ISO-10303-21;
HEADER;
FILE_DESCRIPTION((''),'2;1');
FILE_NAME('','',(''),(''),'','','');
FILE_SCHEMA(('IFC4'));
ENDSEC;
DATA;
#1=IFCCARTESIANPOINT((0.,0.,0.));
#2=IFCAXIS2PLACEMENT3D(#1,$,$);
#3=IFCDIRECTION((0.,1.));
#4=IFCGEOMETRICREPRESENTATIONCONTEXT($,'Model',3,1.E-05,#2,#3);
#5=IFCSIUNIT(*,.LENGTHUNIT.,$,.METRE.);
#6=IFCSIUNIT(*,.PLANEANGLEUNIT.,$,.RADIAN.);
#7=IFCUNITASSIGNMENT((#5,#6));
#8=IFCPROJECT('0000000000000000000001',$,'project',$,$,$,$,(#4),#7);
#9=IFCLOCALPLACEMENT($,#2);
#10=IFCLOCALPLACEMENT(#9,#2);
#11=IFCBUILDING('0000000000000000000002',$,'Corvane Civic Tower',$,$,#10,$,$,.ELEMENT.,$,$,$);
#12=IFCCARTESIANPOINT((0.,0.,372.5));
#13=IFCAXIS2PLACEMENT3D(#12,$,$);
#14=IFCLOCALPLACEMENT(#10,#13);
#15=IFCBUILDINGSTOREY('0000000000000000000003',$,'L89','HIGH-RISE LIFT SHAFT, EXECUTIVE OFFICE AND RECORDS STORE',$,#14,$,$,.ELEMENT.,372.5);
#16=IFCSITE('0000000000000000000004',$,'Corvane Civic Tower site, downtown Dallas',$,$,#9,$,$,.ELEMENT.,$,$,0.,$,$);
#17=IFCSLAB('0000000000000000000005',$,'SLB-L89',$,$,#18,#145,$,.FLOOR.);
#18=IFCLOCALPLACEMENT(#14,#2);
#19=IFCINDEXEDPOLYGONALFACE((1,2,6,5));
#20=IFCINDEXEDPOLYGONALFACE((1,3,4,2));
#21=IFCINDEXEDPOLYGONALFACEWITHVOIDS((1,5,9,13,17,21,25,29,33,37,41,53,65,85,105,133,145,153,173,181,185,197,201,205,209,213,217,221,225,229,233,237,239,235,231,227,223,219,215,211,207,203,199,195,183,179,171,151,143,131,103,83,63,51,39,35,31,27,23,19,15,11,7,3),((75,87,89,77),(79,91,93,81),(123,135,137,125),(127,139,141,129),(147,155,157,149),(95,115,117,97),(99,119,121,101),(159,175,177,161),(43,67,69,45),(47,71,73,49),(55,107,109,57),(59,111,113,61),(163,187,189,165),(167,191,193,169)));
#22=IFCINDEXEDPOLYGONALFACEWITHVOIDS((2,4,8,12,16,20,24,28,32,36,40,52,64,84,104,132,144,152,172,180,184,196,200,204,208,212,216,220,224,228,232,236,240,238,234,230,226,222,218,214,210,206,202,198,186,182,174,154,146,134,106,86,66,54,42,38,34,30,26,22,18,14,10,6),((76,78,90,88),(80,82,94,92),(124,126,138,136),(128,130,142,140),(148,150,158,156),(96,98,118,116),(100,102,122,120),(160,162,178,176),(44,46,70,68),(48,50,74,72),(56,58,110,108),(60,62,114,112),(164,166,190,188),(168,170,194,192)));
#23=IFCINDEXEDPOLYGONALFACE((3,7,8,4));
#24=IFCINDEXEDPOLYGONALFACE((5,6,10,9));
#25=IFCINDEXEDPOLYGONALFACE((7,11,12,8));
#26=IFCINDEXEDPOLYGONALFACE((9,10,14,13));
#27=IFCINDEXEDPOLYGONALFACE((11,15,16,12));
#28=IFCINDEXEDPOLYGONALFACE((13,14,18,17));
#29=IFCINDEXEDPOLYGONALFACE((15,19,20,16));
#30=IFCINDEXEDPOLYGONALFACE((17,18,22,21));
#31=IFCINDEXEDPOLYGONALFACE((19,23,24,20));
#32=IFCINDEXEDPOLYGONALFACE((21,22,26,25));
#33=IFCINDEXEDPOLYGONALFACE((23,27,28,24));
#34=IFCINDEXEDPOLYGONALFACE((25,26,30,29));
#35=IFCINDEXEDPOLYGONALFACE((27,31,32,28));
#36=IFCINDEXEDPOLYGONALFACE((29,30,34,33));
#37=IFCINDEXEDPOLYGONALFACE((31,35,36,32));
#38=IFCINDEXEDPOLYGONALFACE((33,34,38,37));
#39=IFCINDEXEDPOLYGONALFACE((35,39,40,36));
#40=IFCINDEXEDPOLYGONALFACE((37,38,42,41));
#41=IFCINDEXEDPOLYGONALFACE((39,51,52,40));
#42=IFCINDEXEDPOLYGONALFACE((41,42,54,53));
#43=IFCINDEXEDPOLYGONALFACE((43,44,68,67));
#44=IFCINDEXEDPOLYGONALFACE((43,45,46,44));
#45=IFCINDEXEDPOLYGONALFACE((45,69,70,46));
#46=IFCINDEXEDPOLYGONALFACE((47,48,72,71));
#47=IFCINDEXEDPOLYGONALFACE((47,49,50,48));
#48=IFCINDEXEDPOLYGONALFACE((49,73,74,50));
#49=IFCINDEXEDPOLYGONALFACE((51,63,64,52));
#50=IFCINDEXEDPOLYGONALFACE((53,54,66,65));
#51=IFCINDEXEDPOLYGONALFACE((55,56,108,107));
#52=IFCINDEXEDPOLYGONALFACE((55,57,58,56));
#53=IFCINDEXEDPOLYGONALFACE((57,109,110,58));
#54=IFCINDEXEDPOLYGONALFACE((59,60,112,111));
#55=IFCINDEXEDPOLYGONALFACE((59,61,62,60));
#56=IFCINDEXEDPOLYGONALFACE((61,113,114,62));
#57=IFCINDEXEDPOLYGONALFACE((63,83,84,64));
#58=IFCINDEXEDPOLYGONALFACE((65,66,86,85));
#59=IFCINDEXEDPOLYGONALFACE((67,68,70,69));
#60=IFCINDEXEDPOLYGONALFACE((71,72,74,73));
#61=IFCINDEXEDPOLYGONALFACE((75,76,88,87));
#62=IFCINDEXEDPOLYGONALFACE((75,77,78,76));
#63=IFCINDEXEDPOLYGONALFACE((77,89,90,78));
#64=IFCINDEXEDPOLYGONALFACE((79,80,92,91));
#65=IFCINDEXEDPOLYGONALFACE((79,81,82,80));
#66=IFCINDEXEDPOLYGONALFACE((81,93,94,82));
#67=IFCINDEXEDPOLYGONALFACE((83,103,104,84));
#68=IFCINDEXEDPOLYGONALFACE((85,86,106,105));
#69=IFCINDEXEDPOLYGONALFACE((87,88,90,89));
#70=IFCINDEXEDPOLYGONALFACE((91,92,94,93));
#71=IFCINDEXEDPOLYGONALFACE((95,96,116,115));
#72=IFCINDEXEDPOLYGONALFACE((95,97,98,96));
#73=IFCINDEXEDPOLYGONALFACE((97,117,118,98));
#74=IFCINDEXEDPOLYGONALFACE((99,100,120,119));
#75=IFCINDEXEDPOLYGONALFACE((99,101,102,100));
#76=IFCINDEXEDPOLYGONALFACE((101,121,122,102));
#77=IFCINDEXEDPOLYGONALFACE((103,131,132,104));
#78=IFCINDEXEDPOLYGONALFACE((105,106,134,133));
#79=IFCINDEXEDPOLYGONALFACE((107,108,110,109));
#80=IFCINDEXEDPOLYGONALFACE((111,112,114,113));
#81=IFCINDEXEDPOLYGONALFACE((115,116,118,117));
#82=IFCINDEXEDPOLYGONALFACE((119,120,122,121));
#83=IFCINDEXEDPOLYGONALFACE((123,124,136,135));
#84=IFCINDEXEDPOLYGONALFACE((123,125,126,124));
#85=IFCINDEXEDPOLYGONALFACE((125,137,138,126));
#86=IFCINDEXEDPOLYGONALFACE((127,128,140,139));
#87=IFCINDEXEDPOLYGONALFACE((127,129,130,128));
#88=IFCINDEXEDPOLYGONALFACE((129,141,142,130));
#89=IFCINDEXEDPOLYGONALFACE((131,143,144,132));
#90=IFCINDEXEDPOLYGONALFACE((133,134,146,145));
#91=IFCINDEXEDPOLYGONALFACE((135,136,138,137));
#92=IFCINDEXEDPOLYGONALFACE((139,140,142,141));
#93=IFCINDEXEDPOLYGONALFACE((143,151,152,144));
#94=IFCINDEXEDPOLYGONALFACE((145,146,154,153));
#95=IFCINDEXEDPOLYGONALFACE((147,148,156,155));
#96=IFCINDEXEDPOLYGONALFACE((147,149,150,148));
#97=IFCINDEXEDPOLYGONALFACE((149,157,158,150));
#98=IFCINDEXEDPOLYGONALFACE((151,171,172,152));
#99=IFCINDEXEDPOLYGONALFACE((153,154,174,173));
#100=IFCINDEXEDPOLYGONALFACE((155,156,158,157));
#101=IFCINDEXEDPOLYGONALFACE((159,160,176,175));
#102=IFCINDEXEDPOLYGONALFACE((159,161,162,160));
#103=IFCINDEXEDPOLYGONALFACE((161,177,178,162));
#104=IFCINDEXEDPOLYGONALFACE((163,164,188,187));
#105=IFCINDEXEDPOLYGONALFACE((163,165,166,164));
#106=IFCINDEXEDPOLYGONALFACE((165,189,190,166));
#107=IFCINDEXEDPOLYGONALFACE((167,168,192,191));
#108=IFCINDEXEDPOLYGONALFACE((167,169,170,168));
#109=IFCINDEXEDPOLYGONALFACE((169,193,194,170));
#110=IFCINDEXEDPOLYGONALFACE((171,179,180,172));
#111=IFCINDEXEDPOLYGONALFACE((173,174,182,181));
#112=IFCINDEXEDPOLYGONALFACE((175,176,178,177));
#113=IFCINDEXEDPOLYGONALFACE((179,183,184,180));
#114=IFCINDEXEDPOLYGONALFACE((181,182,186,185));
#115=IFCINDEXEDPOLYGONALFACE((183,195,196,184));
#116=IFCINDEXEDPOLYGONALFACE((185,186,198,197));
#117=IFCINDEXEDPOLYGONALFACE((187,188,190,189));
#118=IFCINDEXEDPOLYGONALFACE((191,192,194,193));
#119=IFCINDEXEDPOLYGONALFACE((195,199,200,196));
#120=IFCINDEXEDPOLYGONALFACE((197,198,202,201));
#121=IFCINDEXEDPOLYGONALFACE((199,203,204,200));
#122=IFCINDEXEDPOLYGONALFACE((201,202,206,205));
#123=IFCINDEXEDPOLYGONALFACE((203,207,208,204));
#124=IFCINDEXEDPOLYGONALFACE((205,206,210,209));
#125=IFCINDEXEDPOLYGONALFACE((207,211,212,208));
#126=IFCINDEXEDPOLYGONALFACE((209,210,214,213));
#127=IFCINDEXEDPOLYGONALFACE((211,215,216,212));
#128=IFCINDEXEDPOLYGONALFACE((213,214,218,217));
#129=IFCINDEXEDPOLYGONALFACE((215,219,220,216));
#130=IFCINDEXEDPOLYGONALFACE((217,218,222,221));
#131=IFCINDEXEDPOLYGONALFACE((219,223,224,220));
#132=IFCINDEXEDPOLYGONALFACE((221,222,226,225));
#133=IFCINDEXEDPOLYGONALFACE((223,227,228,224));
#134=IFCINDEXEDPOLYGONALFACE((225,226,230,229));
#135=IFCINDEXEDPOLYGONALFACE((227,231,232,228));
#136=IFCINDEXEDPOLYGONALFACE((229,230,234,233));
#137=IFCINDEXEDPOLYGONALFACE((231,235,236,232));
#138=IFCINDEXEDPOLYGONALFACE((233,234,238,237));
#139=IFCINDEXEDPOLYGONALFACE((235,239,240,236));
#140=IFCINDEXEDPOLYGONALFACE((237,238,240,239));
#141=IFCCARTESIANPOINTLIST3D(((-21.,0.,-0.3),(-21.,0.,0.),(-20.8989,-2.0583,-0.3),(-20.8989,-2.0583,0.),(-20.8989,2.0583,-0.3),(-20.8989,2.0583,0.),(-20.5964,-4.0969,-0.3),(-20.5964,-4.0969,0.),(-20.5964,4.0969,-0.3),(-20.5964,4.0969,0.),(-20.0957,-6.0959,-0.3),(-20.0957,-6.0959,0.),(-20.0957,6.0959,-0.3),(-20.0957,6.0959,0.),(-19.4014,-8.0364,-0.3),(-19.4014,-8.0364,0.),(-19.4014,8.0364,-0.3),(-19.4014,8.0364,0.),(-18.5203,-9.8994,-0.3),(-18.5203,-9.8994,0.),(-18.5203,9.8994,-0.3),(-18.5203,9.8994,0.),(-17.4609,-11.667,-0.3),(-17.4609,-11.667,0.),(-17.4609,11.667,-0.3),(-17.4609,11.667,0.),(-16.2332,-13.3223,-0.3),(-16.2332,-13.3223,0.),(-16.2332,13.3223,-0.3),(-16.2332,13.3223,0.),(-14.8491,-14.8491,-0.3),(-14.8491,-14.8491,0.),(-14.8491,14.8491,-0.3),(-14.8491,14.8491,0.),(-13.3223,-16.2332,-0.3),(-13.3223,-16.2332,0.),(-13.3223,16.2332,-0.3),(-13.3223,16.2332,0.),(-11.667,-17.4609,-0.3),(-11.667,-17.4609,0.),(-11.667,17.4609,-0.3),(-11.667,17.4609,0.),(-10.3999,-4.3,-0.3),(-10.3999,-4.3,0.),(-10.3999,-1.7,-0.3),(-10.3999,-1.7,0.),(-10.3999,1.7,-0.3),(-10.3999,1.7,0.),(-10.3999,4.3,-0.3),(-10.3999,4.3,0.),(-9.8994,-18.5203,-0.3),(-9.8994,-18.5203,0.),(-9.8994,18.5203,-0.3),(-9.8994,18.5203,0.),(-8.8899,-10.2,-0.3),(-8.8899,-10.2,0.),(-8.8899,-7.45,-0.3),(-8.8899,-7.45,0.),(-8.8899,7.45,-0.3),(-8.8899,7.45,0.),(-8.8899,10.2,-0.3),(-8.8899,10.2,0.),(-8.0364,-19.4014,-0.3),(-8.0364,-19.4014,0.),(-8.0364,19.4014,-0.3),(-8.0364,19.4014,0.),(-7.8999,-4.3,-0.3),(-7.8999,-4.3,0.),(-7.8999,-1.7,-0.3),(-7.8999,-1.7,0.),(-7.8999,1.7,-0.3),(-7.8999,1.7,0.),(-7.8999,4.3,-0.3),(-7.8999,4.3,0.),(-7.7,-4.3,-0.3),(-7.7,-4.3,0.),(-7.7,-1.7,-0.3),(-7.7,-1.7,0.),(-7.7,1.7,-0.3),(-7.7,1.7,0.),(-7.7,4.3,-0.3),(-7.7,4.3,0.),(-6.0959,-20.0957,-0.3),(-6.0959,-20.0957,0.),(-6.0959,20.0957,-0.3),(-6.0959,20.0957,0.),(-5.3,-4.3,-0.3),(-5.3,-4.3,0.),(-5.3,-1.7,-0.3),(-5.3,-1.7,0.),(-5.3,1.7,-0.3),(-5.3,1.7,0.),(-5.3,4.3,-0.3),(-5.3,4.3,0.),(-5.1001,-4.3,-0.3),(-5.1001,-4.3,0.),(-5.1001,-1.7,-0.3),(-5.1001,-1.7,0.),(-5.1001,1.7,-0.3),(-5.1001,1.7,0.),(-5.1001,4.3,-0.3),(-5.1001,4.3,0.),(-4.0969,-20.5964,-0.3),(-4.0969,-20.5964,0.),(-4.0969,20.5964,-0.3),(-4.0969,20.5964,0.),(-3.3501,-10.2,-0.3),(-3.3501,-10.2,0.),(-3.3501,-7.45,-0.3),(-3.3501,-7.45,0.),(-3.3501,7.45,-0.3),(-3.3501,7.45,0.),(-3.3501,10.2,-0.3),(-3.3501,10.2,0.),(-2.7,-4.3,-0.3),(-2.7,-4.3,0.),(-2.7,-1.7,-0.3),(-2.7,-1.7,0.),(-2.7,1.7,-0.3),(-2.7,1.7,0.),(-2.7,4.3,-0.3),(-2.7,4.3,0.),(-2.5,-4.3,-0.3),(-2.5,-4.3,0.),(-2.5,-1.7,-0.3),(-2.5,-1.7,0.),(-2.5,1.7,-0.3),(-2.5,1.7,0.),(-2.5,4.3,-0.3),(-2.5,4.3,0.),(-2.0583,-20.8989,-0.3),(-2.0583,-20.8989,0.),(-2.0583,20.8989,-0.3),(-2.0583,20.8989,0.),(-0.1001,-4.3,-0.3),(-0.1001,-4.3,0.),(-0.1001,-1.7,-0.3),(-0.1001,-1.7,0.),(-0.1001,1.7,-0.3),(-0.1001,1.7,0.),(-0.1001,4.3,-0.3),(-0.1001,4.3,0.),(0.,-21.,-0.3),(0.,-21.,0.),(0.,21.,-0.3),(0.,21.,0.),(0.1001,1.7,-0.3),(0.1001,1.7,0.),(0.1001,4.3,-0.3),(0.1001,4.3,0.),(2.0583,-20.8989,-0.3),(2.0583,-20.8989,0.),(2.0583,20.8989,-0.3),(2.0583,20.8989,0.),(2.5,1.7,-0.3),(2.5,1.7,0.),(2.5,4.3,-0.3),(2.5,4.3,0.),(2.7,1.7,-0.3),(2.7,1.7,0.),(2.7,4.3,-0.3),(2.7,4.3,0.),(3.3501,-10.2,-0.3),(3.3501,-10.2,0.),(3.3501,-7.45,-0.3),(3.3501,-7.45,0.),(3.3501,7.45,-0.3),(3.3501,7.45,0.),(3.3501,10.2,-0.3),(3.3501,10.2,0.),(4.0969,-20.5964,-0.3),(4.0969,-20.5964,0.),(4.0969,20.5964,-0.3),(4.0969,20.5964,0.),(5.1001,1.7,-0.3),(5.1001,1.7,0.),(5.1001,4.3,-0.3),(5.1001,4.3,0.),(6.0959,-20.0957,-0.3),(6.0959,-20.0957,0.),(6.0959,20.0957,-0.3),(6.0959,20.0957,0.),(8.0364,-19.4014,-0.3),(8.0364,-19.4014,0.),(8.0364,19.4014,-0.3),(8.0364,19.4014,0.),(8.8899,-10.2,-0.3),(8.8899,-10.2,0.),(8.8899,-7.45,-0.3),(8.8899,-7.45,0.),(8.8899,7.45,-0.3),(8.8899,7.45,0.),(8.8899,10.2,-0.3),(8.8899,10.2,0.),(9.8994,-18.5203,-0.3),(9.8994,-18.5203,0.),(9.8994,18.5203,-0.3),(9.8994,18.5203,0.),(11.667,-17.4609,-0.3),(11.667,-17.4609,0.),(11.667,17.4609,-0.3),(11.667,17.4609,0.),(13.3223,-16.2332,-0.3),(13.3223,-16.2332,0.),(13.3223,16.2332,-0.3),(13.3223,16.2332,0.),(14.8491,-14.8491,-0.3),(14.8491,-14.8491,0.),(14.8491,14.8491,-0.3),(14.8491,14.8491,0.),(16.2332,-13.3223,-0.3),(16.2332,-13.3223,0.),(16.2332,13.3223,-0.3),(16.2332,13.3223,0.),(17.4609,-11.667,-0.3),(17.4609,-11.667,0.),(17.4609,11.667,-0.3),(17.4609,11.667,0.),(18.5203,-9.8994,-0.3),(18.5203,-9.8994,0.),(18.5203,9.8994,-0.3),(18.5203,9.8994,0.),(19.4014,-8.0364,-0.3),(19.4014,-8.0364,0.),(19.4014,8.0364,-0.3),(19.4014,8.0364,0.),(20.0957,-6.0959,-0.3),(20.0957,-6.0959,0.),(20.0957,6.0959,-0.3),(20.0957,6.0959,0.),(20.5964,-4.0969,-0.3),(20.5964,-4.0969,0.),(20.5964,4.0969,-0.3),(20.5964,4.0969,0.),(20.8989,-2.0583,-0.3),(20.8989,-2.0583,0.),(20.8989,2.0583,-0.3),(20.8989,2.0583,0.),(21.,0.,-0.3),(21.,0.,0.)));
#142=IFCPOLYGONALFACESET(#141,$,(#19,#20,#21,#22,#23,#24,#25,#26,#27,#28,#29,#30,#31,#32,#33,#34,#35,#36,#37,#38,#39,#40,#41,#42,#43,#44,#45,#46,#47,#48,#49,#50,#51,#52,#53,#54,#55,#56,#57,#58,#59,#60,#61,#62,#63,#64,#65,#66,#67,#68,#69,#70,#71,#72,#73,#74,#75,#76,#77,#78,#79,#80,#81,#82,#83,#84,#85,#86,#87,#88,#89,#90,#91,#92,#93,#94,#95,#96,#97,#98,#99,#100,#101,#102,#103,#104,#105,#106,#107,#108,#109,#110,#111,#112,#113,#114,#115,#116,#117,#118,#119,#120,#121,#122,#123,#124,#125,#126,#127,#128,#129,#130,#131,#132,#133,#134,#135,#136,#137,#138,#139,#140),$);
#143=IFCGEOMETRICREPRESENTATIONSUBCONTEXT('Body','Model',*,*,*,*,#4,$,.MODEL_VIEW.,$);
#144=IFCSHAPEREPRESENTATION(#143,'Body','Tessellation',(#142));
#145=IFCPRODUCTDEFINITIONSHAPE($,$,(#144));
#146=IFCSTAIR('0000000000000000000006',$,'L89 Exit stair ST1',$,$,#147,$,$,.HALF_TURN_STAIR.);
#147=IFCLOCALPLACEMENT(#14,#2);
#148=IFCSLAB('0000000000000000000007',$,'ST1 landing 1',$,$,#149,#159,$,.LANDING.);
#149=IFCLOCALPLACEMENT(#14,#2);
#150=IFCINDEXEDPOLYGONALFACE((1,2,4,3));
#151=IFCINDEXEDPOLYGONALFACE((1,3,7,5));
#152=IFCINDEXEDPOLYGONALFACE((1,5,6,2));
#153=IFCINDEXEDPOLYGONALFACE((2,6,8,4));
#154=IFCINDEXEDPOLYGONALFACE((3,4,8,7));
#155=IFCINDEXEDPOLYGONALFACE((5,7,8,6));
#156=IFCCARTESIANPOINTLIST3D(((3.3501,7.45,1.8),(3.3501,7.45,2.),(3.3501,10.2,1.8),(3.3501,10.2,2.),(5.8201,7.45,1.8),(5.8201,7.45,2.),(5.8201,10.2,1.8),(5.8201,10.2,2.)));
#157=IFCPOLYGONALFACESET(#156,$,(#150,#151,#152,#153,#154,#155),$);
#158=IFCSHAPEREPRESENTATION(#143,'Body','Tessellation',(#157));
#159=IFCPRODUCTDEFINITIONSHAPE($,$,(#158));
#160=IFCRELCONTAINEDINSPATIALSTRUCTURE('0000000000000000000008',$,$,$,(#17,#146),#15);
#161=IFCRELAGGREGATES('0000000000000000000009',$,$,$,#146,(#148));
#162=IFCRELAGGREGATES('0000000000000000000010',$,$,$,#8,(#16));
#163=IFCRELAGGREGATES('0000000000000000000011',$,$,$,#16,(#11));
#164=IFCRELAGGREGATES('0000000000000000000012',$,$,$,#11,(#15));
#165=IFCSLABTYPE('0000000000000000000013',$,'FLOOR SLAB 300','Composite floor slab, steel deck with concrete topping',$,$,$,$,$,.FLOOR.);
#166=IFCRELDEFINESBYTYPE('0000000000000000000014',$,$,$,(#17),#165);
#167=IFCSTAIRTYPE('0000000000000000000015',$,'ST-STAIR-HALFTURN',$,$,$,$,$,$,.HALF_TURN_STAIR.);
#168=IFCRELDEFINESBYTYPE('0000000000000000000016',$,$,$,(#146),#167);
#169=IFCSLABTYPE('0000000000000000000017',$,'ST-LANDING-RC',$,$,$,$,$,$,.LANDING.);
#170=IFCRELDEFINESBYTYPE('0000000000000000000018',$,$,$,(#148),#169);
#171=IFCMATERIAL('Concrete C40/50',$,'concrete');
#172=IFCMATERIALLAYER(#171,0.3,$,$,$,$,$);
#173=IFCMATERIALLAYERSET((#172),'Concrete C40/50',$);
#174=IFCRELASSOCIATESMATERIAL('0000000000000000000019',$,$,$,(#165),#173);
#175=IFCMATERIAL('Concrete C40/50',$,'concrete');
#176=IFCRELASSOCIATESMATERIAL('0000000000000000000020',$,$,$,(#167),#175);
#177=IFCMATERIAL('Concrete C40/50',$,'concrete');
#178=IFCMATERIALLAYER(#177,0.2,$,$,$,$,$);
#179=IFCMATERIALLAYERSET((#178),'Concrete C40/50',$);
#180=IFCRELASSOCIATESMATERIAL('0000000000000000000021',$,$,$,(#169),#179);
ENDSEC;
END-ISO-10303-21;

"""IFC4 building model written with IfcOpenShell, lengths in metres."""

from ifc_helpers import new_model, si_unit, direction, frame, origin, place, context, subcontext, project, spatial, polyline, outline, extrude, material, layer, layer_set, type_object, element, aggregate, save


model = new_model("IFC4")

# Units and contexts
model_context = context("Model", 3, precision=1e-05, world=origin(), true_north=direction((0.0, 1.0)))
body_context = subcontext(model_context, "Body", "Model", "MODEL_VIEW")
ifc_project = project(units=[si_unit("LENGTHUNIT", "METRE"), si_unit("PLANEANGLEUNIT", "RADIAN")], contexts=[model_context])

# Site, building, storey
site_placement = place(None, origin())
site = spatial("IfcSite", under=ifc_project, at=site_placement, Name="Corvane Civic Tower site, downtown Dallas", CompositionType="ELEMENT", RefElevation=0.0)
building_placement = place(site_placement, origin())
building = spatial("IfcBuilding", under=site, at=building_placement, Name="Corvane Civic Tower", CompositionType="ELEMENT")
storey_placement = place(building_placement, frame((0.0, 0.0, 372.5)))
storey = spatial("IfcBuildingStorey", under=building, at=storey_placement, Name="L89", Description="HIGH-RISE LIFT SHAFT, EXECUTIVE OFFICE AND RECORDS STORE", CompositionType="ELEMENT", Elevation=372.5)

# Slab
ifc_material_1 = material(Name="Concrete C40/50", Category="concrete")
ifc_layer_1 = layer(ifc_material_1, 0.3)
ifc_layer_set_1 = layer_set([ifc_layer_1], Name="Concrete C40/50")
slab_type_1 = type_object("IfcSlabType", Name="FLOOR SLAB 300", Description="Composite floor slab, steel deck with concrete topping", PredefinedType="FLOOR", material=ifc_layer_set_1)
slab_1_placement = place(storey_placement, frame((0.0, 0.0, -0.3)))
element("IfcSlab", 1, at=slab_1_placement, inside=storey, type_object=slab_type_1, Name="SLB-L89", PredefinedType="FLOOR", context=body_context, shape_type="SweptSolid", body=[
    extrude(outline(polyline([(0.0, 21.0), (-2.0583, 20.8989), (-4.0969, 20.5964), (-6.0959, 20.0957), (-8.0364, 19.4014), (-9.8994, 18.5203), (-11.667, 17.4609), (-13.3223, 16.2332), (-14.8491, 14.8491), (-16.2332, 13.3223), (-17.4609, 11.667), (-18.5203, 9.8994), (-19.4014, 8.0364), (-20.0957, 6.0959), (-20.5964, 4.0969), (-20.8989, 2.0583), (-21.0, 0.0), (-20.8989, -2.0583), (-20.5964, -4.0969), (-20.0957, -6.0959), (-19.4014, -8.0364), (-18.5203, -9.8994), (-17.4609, -11.667), (-16.2332, -13.3223), (-14.8491, -14.8491), (-13.3223, -16.2332), (-11.667, -17.4609), (-9.8994, -18.5203), (-8.0364, -19.4014), (-6.0959, -20.0957), (-4.0969, -20.5964), (-2.0583, -20.8989), (0.0, -21.0), (2.0583, -20.8989), (4.0969, -20.5964), (6.0959, -20.0957), (8.0364, -19.4014), (9.8994, -18.5203), (11.667, -17.4609), (13.3223, -16.2332), (14.8491, -14.8491), (16.2332, -13.3223), (17.4609, -11.667), (18.5203, -9.8994), (19.4014, -8.0364), (20.0957, -6.0959), (20.5964, -4.0969), (20.8989, -2.0583), (21.0, 0.0), (20.8989, 2.0583), (20.5964, 4.0969), (20.0957, 6.0959), (19.4014, 8.0364), (18.5203, 9.8994), (17.4609, 11.667), (16.2332, 13.3223), (14.8491, 14.8491), (13.3223, 16.2332), (11.667, 17.4609), (9.8994, 18.5203), (8.0364, 19.4014), (6.0959, 20.0957), (4.0969, 20.5964), (2.0583, 20.8989), (0.0, 21.0)]), holes=[polyline([(-10.3999, 4.3), (-7.8999, 4.3), (-7.8999, 1.7), (-10.3999, 1.7), (-10.3999, 4.3)]), polyline([(-5.3, 1.7), (-7.7, 1.7), (-7.7, 4.3), (-5.3, 4.3), (-5.3, 1.7)]), polyline([(-2.7, 1.7), (-5.1001, 1.7), (-5.1001, 4.3), (-2.7, 4.3), (-2.7, 1.7)]), polyline([(-0.1001, 4.3), (-0.1001, 1.7), (-2.5, 1.7), (-2.5, 4.3), (-0.1001, 4.3)]), polyline([(2.5, 4.3), (2.5, 1.7), (0.1001, 1.7), (0.1001, 4.3), (2.5, 4.3)]), polyline([(5.1001, 4.3), (5.1001, 1.7), (2.7, 1.7), (2.7, 4.3), (5.1001, 4.3)]), polyline([(-10.3999, -1.7), (-7.8999, -1.7), (-7.8999, -4.3), (-10.3999, -4.3), (-10.3999, -1.7)]), polyline([(-5.3, -1.7), (-5.3, -4.3), (-7.7, -4.3), (-7.7, -1.7), (-5.3, -1.7)]), polyline([(-5.1001, -4.3), (-5.1001, -1.7), (-2.7, -1.7), (-2.7, -4.3), (-5.1001, -4.3)]), polyline([(-2.5, -4.3), (-2.5, -1.7), (-0.1001, -1.7), (-0.1001, -4.3), (-2.5, -4.3)]), polyline([(8.8899, 10.2), (8.8899, 7.45), (3.3501, 7.45), (3.3501, 10.2), (8.8899, 10.2)]), polyline([(-8.8899, 7.45), (-8.8899, 10.2), (-3.3501, 10.2), (-3.3501, 7.45), (-8.8899, 7.45)]), polyline([(8.8899, -7.45), (8.8899, -10.2), (3.3501, -10.2), (3.3501, -7.45), (8.8899, -7.45)]), polyline([(-8.8899, -10.2), (-8.8899, -7.45), (-3.3501, -7.45), (-3.3501, -10.2), (-8.8899, -10.2)])]), origin(), (0.0, 0.0, 1.0), 0.3),
])

# Stair, slab
ifc_material_2 = material(Name="Concrete C40/50", Category="concrete")
stair_type = type_object("IfcStairType", Name="ST-STAIR-HALFTURN", PredefinedType="HALF_TURN_STAIR", material=ifc_material_2)
stair_1_placement = place(storey_placement, origin())
stair_1 = element("IfcStair", 2, at=stair_1_placement, inside=storey, type_object=stair_type, Name="L89 Exit stair ST1", PredefinedType="HALF_TURN_STAIR")
ifc_material_3 = material(Name="Concrete C40/50", Category="concrete")
ifc_layer_2 = layer(ifc_material_3, 0.2)
ifc_layer_set_2 = layer_set([ifc_layer_2], Name="Concrete C40/50")
slab_type_2 = type_object("IfcSlabType", Name="ST-LANDING-RC", PredefinedType="LANDING", material=ifc_layer_set_2)
slab_2_placement = place(storey_placement, frame((0.0, 0.0, 1.8)))
slab_2 = element("IfcSlab", 3, at=slab_2_placement, type_object=slab_type_2, Name="ST1 landing 1", PredefinedType="LANDING", context=body_context, shape_type="SweptSolid", body=[
    extrude(outline(polyline([(5.8201, 10.2), (3.3501, 10.2), (3.3501, 7.45), (5.8201, 7.45), (5.8201, 10.2)])), origin(), (0.0, 0.0, 1.0), 0.2),
])
aggregate(stair_1, [slab_2])

save(model, "model.ifc")
